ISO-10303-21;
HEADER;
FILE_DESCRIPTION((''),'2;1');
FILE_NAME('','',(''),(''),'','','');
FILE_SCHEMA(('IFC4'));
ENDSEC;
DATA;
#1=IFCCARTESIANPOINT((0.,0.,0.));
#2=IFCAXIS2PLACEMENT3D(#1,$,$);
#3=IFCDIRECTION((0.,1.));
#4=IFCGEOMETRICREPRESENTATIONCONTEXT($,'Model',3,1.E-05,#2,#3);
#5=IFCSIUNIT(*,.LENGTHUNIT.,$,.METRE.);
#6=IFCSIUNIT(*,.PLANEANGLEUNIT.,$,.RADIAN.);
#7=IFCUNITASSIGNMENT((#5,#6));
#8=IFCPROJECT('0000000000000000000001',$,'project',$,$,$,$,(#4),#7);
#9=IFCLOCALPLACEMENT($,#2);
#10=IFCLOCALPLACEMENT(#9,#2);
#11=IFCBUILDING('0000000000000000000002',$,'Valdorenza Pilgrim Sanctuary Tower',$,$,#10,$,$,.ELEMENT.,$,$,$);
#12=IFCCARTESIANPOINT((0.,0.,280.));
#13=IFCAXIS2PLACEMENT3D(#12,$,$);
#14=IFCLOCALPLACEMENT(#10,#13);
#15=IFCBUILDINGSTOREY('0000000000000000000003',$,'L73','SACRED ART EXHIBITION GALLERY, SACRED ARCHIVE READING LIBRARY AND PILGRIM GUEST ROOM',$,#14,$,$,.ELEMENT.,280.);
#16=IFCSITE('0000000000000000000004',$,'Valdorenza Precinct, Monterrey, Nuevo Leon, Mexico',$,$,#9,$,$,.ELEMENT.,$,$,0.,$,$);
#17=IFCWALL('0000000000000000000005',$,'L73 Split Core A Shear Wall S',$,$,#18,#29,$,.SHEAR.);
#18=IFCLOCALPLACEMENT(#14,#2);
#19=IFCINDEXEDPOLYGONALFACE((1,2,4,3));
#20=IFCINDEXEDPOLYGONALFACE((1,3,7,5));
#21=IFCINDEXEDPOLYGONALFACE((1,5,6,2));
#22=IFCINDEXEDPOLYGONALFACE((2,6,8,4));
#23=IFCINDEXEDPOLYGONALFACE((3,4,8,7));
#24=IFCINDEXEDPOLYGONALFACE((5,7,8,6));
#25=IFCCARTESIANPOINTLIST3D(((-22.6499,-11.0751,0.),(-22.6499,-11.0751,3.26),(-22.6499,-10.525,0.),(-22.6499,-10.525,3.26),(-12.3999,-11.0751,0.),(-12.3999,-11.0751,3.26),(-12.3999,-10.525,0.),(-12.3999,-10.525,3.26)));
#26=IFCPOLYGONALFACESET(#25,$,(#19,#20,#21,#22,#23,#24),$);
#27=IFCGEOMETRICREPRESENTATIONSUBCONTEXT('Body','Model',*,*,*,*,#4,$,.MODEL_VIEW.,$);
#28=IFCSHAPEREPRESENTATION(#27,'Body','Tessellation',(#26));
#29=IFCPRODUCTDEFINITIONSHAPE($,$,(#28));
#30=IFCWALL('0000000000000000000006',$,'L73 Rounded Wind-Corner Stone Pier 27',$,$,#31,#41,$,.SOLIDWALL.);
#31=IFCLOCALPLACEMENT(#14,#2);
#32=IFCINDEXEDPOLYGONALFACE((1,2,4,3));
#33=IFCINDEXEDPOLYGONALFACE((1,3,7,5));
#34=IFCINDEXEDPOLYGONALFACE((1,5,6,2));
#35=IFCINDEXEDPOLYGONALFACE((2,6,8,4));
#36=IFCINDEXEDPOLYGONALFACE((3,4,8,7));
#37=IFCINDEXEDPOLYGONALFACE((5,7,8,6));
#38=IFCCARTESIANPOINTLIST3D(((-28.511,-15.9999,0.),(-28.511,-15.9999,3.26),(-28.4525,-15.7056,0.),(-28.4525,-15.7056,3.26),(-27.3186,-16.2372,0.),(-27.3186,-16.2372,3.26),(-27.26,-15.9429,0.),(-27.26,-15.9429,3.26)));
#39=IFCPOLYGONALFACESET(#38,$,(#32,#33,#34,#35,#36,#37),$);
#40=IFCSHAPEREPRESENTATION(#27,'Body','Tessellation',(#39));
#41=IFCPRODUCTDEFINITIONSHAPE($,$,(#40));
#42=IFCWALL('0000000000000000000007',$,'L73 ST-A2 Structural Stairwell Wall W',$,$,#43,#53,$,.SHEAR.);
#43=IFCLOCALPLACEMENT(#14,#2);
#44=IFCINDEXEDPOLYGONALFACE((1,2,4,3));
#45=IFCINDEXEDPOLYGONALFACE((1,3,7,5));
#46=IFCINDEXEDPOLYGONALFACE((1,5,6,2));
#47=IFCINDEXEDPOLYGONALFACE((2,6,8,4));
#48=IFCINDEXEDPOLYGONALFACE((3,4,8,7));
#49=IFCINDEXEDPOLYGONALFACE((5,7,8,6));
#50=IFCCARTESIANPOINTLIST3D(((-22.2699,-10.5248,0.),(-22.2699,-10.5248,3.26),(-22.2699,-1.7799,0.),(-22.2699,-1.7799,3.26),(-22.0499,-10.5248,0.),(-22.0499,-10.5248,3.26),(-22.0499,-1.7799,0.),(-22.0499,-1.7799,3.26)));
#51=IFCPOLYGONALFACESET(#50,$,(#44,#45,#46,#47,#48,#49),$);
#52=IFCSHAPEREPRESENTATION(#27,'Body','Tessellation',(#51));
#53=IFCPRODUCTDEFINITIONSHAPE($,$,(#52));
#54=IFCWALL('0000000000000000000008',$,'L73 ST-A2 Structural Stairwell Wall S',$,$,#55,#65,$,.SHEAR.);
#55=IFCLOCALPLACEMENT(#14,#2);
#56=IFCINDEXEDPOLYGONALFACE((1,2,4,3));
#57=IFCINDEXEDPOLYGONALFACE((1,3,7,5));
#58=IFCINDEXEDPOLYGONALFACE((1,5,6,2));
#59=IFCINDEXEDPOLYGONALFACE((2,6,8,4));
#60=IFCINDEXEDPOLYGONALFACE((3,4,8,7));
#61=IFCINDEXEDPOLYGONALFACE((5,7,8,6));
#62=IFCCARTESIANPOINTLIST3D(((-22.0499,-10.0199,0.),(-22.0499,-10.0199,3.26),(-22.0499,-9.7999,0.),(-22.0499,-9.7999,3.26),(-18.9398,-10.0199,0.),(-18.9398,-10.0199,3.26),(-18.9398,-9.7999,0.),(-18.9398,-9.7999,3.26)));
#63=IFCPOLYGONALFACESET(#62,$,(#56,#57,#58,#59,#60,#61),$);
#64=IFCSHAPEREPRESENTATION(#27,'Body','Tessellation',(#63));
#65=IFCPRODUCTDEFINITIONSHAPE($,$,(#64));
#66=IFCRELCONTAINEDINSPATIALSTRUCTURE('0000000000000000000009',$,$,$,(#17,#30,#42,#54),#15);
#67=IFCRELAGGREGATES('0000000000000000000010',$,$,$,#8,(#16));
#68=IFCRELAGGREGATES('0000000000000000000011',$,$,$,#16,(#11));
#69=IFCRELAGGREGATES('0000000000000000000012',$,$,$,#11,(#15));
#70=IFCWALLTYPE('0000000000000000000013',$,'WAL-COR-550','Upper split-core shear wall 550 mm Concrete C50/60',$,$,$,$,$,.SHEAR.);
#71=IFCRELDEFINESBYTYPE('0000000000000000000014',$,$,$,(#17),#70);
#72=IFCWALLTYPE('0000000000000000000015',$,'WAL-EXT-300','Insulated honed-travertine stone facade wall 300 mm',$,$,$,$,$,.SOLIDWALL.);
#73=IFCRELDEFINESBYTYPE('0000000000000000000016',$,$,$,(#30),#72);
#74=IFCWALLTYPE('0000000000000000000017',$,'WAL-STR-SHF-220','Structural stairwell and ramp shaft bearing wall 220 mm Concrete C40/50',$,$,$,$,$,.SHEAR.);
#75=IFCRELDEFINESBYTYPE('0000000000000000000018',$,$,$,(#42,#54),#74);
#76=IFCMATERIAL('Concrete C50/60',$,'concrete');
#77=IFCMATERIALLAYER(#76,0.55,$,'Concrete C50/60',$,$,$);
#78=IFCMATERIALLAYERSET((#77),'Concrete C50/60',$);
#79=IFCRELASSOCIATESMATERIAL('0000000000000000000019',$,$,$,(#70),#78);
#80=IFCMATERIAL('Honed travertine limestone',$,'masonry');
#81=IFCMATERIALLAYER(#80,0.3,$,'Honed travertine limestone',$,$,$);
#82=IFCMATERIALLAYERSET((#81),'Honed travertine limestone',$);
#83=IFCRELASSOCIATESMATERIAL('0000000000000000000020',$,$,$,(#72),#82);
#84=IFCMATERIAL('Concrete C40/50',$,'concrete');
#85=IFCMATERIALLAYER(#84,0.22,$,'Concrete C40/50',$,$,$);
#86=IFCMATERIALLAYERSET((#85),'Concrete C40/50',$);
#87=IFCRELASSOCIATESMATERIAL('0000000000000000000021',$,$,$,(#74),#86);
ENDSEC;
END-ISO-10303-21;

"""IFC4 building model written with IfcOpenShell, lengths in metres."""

from ifc_helpers import new_model, si_unit, direction, frame, frame_2d, origin, place, context, subcontext, project, spatial, rectangle, extrude, material, layer, layer_set, type_object, element, save


model = new_model("IFC4")

# Units and contexts
model_context = context("Model", 3, precision=1e-05, world=origin(), true_north=direction((0.0, 1.0)))
body_context = subcontext(model_context, "Body", "Model", "MODEL_VIEW")
ifc_project = project(units=[si_unit("LENGTHUNIT", "METRE"), si_unit("PLANEANGLEUNIT", "RADIAN")], contexts=[model_context])

# Site, building, storey
site_placement = place(None, origin())
site = spatial("IfcSite", under=ifc_project, at=site_placement, Name="Valdorenza Precinct, Monterrey, Nuevo Leon, Mexico", CompositionType="ELEMENT", RefElevation=0.0)
building_placement = place(site_placement, origin())
building = spatial("IfcBuilding", under=site, at=building_placement, Name="Valdorenza Pilgrim Sanctuary Tower", CompositionType="ELEMENT")
storey_placement = place(building_placement, frame((0.0, 0.0, 280.0)))
storey = spatial("IfcBuildingStorey", under=building, at=storey_placement, Name="L73", Description="SACRED ART EXHIBITION GALLERY, SACRED ARCHIVE READING LIBRARY AND PILGRIM GUEST ROOM", CompositionType="ELEMENT", Elevation=280.0)

# Shared definitions
ifc_material_1 = material(Name="Concrete C50/60", Category="concrete")

# Walls
ifc_layer_1 = layer(ifc_material_1, 0.55, Name="Concrete C50/60")
ifc_layer_set_1 = layer_set([ifc_layer_1], Name="Concrete C50/60")
wall_type_1 = type_object("IfcWallType", Name="WAL-COR-550", Description="Upper split-core shear wall 550 mm Concrete C50/60", PredefinedType="SHEAR", material=ifc_layer_set_1)
wall_1_placement = place(storey_placement, frame((-22.6499, -10.8, 0.0), z_axis=(0.0, 0.0, 1.0), x_axis=(1.0, 0.0, 0.0)))
element("IfcWall", 1, at=wall_1_placement, inside=storey, type_object=wall_type_1, Name="L73 Split Core A Shear Wall S", PredefinedType="SHEAR", context=body_context, shape_type="SweptSolid", body=[
    extrude(rectangle(XDim=10.25, YDim=0.55, at=frame_2d((5.125, 0.0))), origin(), (0.0, 0.0, 1.0), 3.26),
])
ifc_material_2 = material(Name="Honed travertine limestone", Category="masonry")
ifc_layer_2 = layer(ifc_material_2, 0.3, Name="Honed travertine limestone")
ifc_layer_set_2 = layer_set([ifc_layer_2], Name="Honed travertine limestone")
wall_type_2 = type_object("IfcWallType", Name="WAL-EXT-300", Description="Insulated honed-travertine stone facade wall 300 mm", PredefinedType="SOLIDWALL", material=ifc_layer_set_2)
wall_2_placement = place(storey_placement, frame((-27.2893, -16.0901, 0.0), z_axis=(0.0, 0.0, 1.0), x_axis=(-0.980766, 0.195189, 0.0)))
element("IfcWall", 2, at=wall_2_placement, inside=storey, type_object=wall_type_2, Name="L73 Rounded Wind-Corner Stone Pier 27", PredefinedType="SOLIDWALL", context=body_context, shape_type="SweptSolid", body=[
    extrude(rectangle(XDim=1.2158, YDim=0.3, at=frame_2d((0.6079, 0.0))), origin(), (0.0, 0.0, 1.0), 3.26),
])
ifc_material_3 = material(Name="Concrete C40/50", Category="concrete")
ifc_layer_3 = layer(ifc_material_3, 0.22, Name="Concrete C40/50")
ifc_layer_set_3 = layer_set([ifc_layer_3], Name="Concrete C40/50")
wall_type_3 = type_object("IfcWallType", Name="WAL-STR-SHF-220", Description="Structural stairwell and ramp shaft bearing wall 220 mm Concrete C40/50", PredefinedType="SHEAR", material=ifc_layer_set_3)
wall_3_placement = place(storey_placement, frame((-22.1599, -10.5249, 0.0), z_axis=(0.0, 0.0, 1.0), x_axis=(0.0, 1.0, 0.0)))
element("IfcWall", 3, at=wall_3_placement, inside=storey, type_object=wall_type_3, Name="L73 ST-A2 Structural Stairwell Wall W", PredefinedType="SHEAR", context=body_context, shape_type="SweptSolid", body=[
    extrude(rectangle(XDim=8.7449, YDim=0.22, at=frame_2d((4.3726, 0.0))), origin(), (0.0, 0.0, 1.0), 3.26),
])
wall_4_placement = place(storey_placement, frame((-22.05, -9.9099, 0.0), z_axis=(0.0, 0.0, 1.0), x_axis=(1.0, 0.0, 0.0)))
element("IfcWall", 4, at=wall_4_placement, inside=storey, type_object=wall_type_3, Name="L73 ST-A2 Structural Stairwell Wall S", PredefinedType="SHEAR", context=body_context, shape_type="SweptSolid", body=[
    extrude(rectangle(XDim=3.1101, YDim=0.22, at=frame_2d((1.5552, 0.0))), origin(), (0.0, 0.0, 1.0), 3.26),
])

save(model, "model.ifc")
